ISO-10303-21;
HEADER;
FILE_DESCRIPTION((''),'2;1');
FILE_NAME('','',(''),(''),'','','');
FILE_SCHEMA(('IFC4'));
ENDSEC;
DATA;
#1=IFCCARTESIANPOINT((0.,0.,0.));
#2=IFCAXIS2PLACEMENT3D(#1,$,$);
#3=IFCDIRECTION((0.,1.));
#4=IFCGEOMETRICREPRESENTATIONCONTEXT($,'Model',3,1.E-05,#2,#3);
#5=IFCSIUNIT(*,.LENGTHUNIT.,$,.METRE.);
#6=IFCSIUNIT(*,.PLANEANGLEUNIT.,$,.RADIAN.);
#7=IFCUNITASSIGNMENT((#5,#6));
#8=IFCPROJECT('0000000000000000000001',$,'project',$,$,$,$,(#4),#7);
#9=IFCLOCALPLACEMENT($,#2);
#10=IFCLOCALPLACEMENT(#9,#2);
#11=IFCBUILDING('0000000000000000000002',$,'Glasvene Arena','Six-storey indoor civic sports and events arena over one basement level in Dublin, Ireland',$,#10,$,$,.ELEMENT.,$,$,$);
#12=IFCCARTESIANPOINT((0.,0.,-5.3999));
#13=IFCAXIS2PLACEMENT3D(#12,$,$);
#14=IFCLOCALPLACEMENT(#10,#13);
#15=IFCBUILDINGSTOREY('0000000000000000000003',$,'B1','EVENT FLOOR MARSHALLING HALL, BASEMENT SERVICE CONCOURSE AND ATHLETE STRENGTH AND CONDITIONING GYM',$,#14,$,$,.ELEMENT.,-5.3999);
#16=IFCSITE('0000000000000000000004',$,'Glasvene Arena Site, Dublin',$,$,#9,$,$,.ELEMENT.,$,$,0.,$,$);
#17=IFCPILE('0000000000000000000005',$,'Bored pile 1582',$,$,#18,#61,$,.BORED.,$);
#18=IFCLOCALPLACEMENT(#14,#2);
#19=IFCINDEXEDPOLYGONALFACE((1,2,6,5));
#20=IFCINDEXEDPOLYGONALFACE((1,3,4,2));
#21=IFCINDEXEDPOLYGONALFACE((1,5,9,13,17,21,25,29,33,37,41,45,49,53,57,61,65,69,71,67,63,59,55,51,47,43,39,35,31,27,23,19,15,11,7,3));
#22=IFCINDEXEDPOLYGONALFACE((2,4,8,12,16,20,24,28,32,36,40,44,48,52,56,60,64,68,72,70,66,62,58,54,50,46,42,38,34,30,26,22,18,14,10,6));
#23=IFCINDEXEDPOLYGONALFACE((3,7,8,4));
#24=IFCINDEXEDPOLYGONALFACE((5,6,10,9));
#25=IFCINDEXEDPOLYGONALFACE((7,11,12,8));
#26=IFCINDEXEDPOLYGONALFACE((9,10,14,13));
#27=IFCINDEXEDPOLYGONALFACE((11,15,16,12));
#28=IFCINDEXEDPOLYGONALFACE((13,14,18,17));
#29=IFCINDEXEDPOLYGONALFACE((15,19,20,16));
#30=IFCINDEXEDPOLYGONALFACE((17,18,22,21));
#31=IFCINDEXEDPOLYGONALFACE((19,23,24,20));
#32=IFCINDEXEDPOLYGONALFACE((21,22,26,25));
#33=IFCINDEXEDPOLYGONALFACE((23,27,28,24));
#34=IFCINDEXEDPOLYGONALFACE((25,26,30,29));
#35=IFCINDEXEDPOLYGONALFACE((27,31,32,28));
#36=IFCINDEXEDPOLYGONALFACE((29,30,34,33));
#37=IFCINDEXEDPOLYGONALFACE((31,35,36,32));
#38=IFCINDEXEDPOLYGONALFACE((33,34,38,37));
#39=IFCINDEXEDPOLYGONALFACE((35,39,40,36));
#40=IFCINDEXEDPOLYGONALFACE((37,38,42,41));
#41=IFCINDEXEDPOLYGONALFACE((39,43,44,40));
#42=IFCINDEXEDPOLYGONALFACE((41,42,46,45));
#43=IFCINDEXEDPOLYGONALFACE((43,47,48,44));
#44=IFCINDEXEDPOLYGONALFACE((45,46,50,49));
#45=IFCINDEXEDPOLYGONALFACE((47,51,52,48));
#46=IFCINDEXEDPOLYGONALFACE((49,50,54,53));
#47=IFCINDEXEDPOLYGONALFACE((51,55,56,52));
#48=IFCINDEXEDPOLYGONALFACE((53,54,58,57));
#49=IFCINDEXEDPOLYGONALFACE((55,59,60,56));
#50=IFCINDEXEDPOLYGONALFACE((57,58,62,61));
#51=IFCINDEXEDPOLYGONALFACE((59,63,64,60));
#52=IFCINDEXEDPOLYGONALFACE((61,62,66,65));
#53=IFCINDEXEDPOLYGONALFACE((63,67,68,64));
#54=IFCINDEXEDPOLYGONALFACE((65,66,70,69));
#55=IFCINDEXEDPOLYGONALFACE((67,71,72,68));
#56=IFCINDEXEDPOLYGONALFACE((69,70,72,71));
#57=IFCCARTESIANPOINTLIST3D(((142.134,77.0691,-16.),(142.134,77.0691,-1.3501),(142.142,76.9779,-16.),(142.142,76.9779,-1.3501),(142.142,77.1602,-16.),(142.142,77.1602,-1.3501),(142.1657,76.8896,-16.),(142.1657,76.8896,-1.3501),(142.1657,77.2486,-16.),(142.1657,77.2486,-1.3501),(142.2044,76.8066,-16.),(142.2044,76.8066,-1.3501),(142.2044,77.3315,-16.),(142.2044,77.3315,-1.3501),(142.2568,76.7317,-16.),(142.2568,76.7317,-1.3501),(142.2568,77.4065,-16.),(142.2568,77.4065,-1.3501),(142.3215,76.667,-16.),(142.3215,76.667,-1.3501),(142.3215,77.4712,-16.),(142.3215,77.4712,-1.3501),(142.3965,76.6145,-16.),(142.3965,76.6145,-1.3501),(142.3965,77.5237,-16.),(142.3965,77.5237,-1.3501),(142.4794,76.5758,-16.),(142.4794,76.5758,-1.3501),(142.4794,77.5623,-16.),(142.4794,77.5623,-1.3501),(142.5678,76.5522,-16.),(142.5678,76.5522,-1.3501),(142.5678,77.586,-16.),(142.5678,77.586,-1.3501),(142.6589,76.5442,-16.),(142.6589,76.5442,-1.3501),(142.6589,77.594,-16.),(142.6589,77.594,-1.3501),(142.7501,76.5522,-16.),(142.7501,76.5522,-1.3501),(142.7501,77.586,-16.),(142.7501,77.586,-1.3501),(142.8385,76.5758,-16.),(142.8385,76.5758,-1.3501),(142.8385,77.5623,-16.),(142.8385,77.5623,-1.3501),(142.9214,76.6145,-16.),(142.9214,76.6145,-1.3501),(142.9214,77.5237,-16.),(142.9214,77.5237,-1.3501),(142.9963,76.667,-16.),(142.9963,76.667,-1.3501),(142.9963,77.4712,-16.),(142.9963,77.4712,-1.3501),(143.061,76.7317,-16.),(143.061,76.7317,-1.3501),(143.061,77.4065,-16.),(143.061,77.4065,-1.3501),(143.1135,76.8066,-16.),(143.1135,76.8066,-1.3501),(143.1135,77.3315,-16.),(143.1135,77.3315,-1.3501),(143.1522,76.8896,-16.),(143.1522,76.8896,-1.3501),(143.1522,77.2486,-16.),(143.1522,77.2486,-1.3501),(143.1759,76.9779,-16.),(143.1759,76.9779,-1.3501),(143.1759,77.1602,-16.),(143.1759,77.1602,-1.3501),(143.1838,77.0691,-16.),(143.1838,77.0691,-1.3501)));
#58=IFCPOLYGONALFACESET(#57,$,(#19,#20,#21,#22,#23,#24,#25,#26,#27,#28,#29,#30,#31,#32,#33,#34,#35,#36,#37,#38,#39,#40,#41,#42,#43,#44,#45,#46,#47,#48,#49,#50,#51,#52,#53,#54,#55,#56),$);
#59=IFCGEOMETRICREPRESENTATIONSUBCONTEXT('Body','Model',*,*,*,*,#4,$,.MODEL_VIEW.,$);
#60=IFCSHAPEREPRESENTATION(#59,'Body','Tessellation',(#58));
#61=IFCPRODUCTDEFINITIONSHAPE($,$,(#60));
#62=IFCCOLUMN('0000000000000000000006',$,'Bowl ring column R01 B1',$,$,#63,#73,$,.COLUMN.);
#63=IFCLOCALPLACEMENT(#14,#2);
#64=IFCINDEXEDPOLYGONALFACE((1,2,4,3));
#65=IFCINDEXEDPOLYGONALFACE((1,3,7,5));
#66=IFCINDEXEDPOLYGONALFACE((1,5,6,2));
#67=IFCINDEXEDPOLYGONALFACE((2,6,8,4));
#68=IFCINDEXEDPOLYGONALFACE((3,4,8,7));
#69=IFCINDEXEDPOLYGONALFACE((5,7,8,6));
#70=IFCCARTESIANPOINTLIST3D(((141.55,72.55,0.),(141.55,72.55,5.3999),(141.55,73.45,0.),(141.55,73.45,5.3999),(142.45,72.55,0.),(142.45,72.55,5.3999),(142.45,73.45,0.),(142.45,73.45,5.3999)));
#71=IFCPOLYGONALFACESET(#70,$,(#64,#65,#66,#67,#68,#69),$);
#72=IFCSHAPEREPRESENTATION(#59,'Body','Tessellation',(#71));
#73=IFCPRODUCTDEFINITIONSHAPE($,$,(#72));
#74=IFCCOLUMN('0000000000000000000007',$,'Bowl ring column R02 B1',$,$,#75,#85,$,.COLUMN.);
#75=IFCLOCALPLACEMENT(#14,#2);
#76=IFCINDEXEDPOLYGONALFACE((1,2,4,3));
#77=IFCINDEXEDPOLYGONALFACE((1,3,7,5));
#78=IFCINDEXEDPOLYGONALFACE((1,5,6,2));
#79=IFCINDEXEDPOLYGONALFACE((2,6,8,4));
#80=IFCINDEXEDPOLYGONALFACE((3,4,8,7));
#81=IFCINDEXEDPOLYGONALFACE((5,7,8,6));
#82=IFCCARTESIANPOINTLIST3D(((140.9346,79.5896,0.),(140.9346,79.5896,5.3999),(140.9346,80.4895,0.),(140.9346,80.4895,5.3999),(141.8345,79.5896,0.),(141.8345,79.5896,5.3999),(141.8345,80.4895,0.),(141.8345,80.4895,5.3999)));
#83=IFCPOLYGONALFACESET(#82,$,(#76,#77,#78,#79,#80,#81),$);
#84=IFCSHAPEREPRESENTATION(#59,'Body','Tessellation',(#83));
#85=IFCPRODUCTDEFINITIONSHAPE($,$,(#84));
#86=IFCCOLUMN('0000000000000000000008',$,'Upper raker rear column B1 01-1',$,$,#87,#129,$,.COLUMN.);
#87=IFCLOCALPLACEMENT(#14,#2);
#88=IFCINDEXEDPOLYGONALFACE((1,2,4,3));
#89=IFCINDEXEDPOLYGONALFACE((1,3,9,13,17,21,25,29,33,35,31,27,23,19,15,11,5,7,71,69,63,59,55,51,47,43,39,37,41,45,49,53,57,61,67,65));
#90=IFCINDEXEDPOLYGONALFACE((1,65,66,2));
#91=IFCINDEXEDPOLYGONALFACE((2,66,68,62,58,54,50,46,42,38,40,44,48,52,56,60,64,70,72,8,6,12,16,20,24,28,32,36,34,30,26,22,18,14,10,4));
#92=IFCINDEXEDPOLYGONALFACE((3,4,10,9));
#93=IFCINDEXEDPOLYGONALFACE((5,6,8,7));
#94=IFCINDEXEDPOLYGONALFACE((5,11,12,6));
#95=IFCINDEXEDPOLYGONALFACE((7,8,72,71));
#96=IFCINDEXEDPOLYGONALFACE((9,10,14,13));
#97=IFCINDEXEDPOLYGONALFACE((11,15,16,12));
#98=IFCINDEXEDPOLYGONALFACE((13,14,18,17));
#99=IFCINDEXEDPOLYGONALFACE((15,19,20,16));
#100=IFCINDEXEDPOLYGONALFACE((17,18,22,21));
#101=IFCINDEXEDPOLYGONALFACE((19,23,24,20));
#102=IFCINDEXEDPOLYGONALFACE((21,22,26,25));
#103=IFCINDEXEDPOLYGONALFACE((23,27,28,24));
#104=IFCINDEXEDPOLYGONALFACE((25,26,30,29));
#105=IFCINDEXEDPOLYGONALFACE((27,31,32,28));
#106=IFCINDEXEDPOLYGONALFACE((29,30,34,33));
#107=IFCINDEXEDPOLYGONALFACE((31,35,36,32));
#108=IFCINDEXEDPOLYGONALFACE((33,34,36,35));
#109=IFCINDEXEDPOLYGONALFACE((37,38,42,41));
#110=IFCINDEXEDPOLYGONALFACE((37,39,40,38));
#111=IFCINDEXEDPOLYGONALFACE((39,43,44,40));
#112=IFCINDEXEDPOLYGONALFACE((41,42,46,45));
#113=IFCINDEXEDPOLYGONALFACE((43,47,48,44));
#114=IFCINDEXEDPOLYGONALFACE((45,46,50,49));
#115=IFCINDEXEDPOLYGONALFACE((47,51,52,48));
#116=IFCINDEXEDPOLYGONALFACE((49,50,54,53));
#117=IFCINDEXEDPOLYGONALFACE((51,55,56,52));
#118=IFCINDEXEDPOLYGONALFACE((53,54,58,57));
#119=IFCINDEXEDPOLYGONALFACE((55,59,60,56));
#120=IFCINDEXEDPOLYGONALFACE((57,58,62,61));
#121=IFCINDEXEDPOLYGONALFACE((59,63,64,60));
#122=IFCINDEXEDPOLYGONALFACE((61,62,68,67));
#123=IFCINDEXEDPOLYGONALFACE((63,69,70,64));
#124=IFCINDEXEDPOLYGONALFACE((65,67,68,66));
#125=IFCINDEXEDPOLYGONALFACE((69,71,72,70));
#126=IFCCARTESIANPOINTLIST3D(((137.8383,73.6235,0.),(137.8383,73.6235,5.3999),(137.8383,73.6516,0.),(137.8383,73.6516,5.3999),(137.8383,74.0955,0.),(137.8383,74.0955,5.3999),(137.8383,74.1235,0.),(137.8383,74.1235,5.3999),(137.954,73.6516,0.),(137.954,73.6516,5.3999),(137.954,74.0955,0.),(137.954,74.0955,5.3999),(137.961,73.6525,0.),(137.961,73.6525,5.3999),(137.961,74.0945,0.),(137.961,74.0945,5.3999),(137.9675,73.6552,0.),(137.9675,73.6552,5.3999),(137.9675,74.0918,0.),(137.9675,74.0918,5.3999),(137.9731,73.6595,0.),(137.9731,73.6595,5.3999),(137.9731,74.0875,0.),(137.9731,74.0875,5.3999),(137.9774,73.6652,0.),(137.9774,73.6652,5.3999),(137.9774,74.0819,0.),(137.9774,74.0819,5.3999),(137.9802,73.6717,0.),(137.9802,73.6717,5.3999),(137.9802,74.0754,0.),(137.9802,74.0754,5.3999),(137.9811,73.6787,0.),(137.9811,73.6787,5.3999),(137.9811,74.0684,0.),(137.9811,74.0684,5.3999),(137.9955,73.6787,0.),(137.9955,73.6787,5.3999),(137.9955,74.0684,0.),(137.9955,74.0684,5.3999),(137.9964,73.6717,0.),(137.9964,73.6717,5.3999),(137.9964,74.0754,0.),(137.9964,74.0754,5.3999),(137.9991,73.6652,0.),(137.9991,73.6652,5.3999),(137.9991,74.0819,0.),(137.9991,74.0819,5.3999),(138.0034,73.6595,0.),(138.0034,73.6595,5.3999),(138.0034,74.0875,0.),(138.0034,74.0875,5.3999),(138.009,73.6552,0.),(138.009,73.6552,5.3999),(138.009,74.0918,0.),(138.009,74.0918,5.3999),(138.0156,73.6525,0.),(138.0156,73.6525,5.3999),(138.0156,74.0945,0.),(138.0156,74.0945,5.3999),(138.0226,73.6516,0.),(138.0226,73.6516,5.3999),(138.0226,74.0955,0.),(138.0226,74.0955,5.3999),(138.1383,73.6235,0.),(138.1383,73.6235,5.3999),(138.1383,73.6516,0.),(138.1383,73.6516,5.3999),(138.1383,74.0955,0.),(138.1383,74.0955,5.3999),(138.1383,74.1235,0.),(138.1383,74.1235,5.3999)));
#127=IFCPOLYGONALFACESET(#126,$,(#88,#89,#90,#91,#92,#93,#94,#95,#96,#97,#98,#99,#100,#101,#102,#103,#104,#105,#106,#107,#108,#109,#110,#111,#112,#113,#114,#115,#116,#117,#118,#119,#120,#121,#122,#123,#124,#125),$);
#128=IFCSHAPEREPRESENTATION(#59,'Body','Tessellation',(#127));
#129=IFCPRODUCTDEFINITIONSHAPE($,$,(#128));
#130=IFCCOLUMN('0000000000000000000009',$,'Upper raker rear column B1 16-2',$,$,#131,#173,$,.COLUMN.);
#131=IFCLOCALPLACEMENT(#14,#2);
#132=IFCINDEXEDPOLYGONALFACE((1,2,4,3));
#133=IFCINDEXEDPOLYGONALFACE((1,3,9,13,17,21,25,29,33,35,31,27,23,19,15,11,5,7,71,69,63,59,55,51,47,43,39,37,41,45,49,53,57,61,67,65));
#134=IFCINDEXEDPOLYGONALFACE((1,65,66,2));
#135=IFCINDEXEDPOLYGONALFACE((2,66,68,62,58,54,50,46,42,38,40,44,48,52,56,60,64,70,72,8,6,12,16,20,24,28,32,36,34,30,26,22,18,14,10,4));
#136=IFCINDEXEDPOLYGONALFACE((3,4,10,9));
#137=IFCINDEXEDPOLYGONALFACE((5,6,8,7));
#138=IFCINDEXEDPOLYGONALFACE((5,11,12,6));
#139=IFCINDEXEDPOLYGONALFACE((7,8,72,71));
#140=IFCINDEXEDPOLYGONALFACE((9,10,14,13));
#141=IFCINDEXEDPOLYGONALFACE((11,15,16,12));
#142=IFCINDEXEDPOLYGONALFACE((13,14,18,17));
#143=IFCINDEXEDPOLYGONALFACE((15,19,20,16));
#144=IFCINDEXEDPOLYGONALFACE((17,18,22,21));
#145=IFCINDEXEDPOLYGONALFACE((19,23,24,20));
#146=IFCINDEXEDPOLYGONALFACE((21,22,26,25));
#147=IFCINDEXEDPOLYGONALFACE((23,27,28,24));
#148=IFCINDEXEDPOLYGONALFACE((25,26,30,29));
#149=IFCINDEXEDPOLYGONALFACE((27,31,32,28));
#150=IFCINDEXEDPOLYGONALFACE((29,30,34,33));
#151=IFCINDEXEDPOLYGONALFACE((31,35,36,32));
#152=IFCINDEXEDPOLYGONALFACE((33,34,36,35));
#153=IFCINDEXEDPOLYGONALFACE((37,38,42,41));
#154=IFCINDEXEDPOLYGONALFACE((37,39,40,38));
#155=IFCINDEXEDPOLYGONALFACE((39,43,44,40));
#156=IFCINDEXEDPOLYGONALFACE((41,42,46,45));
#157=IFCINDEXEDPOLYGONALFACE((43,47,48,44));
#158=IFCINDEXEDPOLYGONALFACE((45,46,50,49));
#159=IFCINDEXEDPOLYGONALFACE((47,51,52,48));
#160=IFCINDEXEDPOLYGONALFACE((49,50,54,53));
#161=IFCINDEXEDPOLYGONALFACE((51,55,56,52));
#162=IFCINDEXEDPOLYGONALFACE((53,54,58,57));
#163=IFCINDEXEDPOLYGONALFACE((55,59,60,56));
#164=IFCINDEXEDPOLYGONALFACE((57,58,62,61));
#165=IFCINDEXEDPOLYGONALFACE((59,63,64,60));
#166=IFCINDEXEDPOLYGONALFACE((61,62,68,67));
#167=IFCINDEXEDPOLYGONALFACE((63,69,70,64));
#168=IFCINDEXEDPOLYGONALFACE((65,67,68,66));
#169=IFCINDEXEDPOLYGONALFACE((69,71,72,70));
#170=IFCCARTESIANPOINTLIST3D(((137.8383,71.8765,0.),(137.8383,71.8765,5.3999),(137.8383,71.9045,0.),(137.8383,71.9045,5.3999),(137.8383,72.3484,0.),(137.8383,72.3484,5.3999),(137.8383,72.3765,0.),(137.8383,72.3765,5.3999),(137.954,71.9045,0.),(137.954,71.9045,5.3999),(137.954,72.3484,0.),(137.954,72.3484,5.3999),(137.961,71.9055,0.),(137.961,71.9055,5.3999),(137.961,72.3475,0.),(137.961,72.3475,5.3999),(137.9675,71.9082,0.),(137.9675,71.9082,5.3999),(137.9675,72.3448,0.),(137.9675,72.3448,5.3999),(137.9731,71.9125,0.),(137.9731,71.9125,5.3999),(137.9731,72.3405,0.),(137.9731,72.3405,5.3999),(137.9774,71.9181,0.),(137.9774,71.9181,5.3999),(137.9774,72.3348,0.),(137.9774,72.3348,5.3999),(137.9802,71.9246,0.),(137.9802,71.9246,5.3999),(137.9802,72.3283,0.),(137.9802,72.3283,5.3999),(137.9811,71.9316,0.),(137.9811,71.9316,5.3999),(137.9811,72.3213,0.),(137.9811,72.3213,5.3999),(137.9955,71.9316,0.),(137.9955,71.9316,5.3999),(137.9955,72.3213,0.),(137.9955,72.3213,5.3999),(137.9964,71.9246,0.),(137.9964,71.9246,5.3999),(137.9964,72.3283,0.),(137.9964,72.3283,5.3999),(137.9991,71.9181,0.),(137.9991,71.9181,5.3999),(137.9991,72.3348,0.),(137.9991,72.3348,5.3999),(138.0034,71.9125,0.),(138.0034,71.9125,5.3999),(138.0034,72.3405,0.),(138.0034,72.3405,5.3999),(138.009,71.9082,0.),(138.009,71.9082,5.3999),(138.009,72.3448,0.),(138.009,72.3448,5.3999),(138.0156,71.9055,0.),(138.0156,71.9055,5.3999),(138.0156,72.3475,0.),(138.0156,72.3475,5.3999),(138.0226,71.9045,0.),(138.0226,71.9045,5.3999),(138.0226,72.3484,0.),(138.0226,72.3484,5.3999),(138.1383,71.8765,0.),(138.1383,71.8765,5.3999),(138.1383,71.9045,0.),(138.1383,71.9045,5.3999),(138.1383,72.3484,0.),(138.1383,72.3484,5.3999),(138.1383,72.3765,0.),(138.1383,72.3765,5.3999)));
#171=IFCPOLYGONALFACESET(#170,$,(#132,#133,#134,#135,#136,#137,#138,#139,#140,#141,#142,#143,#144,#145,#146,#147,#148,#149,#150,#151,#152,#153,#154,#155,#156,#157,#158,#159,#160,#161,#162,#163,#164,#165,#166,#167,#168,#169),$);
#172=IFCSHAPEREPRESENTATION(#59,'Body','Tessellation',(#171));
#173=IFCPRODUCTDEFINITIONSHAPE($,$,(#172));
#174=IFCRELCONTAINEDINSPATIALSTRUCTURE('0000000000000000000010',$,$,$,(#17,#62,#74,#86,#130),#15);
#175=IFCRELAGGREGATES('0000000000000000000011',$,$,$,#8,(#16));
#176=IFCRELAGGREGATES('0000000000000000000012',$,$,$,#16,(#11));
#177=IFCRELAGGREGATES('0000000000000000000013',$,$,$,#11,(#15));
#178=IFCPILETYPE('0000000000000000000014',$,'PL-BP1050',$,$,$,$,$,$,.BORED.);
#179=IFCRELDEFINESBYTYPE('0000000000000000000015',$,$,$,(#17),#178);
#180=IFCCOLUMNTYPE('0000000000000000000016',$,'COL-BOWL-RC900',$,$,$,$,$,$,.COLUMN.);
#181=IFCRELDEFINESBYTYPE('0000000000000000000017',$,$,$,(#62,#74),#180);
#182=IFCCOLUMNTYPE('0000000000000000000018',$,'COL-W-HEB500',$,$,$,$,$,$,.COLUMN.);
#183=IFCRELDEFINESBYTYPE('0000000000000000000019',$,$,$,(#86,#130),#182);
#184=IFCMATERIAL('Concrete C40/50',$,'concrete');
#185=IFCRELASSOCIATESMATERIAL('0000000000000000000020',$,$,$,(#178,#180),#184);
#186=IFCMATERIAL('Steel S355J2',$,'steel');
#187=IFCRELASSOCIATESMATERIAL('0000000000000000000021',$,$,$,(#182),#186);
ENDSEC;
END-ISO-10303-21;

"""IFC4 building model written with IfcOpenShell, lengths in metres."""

from ifc_helpers import new_model, si_unit, direction, frame, origin, origin_2d, place, context, subcontext, project, spatial, rectangle, circle, i_section, extrude, material, material_profile, profile_set, type_object, element, save


model = new_model("IFC4")

# Units and contexts
model_context = context("Model", 3, precision=1e-05, world=origin(), true_north=direction((0.0, 1.0)))
body_context = subcontext(model_context, "Body", "Model", "MODEL_VIEW")
ifc_project = project(units=[si_unit("LENGTHUNIT", "METRE"), si_unit("PLANEANGLEUNIT", "RADIAN")], contexts=[model_context])

# Site, building, storey
site_placement = place(None, origin())
site = spatial("IfcSite", under=ifc_project, at=site_placement, Name="Glasvene Arena Site, Dublin", CompositionType="ELEMENT", RefElevation=0.0)
building_placement = place(site_placement, origin())
building = spatial("IfcBuilding", under=site, at=building_placement, Name="Glasvene Arena", Description="Six-storey indoor civic sports and events arena over one basement level in Dublin, Ireland", CompositionType="ELEMENT")
storey_placement = place(building_placement, frame((0.0, 0.0, -5.3999)))
storey = spatial("IfcBuildingStorey", under=building, at=storey_placement, Name="B1", Description="EVENT FLOOR MARSHALLING HALL, BASEMENT SERVICE CONCOURSE AND ATHLETE STRENGTH AND CONDITIONING GYM", CompositionType="ELEMENT", Elevation=-5.3999)

# Shared definitions
ifc_material_1 = material(Name="Concrete C40/50", Category="concrete")

# Pile
ifc_material_profile_1 = material_profile(ifc_material_1, circle(Radius=0.5249, at=origin_2d()), Name="BORED PILE 1050")
ifc_profile_set_1 = profile_set([ifc_material_profile_1], Name="Concrete C40/50")
pile_type = type_object("IfcPileType", Name="PL-BP1050", PredefinedType="BORED", material=ifc_profile_set_1)
for number, where, z_axis, x_axis, name in (
    (1, (142.6589, 77.0691, -1.3501), (0.0, 0.0, -1.0), (1.0, 0.0, 0.0), "Bored pile 1582"),
):
    element("IfcPile", number, at=place(storey_placement, frame(where, z_axis=z_axis, x_axis=x_axis)), inside=storey, type_object=pile_type, Name=name, PredefinedType="BORED", context=body_context, shape_type="SweptSolid", body=[
        extrude(circle(Radius=0.5249, at=origin_2d()), origin(), (0.0, 0.0, 1.0), 14.6499),
    ])

# Columns
ifc_material_profile_2 = material_profile(ifc_material_1, rectangle(XDim=0.8999, YDim=0.8999, at=origin_2d()), Name="RC 900x900")
ifc_profile_set_2 = profile_set([ifc_material_profile_2], Name="Concrete C40/50")
column_type_1 = type_object("IfcColumnType", Name="COL-BOWL-RC900", PredefinedType="COLUMN", material=ifc_profile_set_2)
for number, where, z_axis, x_axis, name in (
    (2, (142.0, 73.0, 0.0), (0.0, 0.0, 1.0), (1.0, 0.0, 0.0), "Bowl ring column R01 B1"),
    (3, (141.3845, 80.0396, 0.0), (0.0, 0.0, 1.0), (1.0, 0.0, 0.0), "Bowl ring column R02 B1"),
):
    element("IfcColumn", number, at=place(storey_placement, frame(where, z_axis=z_axis, x_axis=x_axis)), inside=storey, type_object=column_type_1, Name=name, PredefinedType="COLUMN", context=body_context, shape_type="SweptSolid", body=[
        extrude(rectangle(XDim=0.8999, YDim=0.8999, at=origin_2d()), origin(), (0.0, 0.0, 1.0), 5.3999),
    ])
ifc_material_2 = material(Name="Steel S355J2", Category="steel")
ifc_material_profile_3 = material_profile(ifc_material_2, i_section(OverallWidth=0.3, OverallDepth=0.5, WebThickness=0.0144, FlangeThickness=0.0281, FilletRadius=0.0271, at=origin_2d()), Name="HEB 500")
ifc_profile_set_3 = profile_set([ifc_material_profile_3], Name="Steel S355J2")
column_type_2 = type_object("IfcColumnType", Name="COL-W-HEB500", PredefinedType="COLUMN", material=ifc_profile_set_3)
for number, where, z_axis, x_axis, name in (
    (4, (137.9883, 73.8735, 0.0), (0.0, 0.0, 1.0), (1.0, 0.0, 0.0), "Upper raker rear column B1 01-1"),
    (5, (137.9883, 72.1265, 0.0), (0.0, 0.0, 1.0), (1.0, 0.0, 0.0), "Upper raker rear column B1 16-2"),
):
    element("IfcColumn", number, at=place(storey_placement, frame(where, z_axis=z_axis, x_axis=x_axis)), inside=storey, type_object=column_type_2, Name=name, PredefinedType="COLUMN", context=body_context, shape_type="SweptSolid", body=[
        extrude(i_section(OverallWidth=0.3, OverallDepth=0.5, WebThickness=0.0144, FlangeThickness=0.0281, FilletRadius=0.0271, at=origin_2d()), origin(), (0.0, 0.0, 1.0), 5.3999),
    ])

save(model, "model.ifc")
